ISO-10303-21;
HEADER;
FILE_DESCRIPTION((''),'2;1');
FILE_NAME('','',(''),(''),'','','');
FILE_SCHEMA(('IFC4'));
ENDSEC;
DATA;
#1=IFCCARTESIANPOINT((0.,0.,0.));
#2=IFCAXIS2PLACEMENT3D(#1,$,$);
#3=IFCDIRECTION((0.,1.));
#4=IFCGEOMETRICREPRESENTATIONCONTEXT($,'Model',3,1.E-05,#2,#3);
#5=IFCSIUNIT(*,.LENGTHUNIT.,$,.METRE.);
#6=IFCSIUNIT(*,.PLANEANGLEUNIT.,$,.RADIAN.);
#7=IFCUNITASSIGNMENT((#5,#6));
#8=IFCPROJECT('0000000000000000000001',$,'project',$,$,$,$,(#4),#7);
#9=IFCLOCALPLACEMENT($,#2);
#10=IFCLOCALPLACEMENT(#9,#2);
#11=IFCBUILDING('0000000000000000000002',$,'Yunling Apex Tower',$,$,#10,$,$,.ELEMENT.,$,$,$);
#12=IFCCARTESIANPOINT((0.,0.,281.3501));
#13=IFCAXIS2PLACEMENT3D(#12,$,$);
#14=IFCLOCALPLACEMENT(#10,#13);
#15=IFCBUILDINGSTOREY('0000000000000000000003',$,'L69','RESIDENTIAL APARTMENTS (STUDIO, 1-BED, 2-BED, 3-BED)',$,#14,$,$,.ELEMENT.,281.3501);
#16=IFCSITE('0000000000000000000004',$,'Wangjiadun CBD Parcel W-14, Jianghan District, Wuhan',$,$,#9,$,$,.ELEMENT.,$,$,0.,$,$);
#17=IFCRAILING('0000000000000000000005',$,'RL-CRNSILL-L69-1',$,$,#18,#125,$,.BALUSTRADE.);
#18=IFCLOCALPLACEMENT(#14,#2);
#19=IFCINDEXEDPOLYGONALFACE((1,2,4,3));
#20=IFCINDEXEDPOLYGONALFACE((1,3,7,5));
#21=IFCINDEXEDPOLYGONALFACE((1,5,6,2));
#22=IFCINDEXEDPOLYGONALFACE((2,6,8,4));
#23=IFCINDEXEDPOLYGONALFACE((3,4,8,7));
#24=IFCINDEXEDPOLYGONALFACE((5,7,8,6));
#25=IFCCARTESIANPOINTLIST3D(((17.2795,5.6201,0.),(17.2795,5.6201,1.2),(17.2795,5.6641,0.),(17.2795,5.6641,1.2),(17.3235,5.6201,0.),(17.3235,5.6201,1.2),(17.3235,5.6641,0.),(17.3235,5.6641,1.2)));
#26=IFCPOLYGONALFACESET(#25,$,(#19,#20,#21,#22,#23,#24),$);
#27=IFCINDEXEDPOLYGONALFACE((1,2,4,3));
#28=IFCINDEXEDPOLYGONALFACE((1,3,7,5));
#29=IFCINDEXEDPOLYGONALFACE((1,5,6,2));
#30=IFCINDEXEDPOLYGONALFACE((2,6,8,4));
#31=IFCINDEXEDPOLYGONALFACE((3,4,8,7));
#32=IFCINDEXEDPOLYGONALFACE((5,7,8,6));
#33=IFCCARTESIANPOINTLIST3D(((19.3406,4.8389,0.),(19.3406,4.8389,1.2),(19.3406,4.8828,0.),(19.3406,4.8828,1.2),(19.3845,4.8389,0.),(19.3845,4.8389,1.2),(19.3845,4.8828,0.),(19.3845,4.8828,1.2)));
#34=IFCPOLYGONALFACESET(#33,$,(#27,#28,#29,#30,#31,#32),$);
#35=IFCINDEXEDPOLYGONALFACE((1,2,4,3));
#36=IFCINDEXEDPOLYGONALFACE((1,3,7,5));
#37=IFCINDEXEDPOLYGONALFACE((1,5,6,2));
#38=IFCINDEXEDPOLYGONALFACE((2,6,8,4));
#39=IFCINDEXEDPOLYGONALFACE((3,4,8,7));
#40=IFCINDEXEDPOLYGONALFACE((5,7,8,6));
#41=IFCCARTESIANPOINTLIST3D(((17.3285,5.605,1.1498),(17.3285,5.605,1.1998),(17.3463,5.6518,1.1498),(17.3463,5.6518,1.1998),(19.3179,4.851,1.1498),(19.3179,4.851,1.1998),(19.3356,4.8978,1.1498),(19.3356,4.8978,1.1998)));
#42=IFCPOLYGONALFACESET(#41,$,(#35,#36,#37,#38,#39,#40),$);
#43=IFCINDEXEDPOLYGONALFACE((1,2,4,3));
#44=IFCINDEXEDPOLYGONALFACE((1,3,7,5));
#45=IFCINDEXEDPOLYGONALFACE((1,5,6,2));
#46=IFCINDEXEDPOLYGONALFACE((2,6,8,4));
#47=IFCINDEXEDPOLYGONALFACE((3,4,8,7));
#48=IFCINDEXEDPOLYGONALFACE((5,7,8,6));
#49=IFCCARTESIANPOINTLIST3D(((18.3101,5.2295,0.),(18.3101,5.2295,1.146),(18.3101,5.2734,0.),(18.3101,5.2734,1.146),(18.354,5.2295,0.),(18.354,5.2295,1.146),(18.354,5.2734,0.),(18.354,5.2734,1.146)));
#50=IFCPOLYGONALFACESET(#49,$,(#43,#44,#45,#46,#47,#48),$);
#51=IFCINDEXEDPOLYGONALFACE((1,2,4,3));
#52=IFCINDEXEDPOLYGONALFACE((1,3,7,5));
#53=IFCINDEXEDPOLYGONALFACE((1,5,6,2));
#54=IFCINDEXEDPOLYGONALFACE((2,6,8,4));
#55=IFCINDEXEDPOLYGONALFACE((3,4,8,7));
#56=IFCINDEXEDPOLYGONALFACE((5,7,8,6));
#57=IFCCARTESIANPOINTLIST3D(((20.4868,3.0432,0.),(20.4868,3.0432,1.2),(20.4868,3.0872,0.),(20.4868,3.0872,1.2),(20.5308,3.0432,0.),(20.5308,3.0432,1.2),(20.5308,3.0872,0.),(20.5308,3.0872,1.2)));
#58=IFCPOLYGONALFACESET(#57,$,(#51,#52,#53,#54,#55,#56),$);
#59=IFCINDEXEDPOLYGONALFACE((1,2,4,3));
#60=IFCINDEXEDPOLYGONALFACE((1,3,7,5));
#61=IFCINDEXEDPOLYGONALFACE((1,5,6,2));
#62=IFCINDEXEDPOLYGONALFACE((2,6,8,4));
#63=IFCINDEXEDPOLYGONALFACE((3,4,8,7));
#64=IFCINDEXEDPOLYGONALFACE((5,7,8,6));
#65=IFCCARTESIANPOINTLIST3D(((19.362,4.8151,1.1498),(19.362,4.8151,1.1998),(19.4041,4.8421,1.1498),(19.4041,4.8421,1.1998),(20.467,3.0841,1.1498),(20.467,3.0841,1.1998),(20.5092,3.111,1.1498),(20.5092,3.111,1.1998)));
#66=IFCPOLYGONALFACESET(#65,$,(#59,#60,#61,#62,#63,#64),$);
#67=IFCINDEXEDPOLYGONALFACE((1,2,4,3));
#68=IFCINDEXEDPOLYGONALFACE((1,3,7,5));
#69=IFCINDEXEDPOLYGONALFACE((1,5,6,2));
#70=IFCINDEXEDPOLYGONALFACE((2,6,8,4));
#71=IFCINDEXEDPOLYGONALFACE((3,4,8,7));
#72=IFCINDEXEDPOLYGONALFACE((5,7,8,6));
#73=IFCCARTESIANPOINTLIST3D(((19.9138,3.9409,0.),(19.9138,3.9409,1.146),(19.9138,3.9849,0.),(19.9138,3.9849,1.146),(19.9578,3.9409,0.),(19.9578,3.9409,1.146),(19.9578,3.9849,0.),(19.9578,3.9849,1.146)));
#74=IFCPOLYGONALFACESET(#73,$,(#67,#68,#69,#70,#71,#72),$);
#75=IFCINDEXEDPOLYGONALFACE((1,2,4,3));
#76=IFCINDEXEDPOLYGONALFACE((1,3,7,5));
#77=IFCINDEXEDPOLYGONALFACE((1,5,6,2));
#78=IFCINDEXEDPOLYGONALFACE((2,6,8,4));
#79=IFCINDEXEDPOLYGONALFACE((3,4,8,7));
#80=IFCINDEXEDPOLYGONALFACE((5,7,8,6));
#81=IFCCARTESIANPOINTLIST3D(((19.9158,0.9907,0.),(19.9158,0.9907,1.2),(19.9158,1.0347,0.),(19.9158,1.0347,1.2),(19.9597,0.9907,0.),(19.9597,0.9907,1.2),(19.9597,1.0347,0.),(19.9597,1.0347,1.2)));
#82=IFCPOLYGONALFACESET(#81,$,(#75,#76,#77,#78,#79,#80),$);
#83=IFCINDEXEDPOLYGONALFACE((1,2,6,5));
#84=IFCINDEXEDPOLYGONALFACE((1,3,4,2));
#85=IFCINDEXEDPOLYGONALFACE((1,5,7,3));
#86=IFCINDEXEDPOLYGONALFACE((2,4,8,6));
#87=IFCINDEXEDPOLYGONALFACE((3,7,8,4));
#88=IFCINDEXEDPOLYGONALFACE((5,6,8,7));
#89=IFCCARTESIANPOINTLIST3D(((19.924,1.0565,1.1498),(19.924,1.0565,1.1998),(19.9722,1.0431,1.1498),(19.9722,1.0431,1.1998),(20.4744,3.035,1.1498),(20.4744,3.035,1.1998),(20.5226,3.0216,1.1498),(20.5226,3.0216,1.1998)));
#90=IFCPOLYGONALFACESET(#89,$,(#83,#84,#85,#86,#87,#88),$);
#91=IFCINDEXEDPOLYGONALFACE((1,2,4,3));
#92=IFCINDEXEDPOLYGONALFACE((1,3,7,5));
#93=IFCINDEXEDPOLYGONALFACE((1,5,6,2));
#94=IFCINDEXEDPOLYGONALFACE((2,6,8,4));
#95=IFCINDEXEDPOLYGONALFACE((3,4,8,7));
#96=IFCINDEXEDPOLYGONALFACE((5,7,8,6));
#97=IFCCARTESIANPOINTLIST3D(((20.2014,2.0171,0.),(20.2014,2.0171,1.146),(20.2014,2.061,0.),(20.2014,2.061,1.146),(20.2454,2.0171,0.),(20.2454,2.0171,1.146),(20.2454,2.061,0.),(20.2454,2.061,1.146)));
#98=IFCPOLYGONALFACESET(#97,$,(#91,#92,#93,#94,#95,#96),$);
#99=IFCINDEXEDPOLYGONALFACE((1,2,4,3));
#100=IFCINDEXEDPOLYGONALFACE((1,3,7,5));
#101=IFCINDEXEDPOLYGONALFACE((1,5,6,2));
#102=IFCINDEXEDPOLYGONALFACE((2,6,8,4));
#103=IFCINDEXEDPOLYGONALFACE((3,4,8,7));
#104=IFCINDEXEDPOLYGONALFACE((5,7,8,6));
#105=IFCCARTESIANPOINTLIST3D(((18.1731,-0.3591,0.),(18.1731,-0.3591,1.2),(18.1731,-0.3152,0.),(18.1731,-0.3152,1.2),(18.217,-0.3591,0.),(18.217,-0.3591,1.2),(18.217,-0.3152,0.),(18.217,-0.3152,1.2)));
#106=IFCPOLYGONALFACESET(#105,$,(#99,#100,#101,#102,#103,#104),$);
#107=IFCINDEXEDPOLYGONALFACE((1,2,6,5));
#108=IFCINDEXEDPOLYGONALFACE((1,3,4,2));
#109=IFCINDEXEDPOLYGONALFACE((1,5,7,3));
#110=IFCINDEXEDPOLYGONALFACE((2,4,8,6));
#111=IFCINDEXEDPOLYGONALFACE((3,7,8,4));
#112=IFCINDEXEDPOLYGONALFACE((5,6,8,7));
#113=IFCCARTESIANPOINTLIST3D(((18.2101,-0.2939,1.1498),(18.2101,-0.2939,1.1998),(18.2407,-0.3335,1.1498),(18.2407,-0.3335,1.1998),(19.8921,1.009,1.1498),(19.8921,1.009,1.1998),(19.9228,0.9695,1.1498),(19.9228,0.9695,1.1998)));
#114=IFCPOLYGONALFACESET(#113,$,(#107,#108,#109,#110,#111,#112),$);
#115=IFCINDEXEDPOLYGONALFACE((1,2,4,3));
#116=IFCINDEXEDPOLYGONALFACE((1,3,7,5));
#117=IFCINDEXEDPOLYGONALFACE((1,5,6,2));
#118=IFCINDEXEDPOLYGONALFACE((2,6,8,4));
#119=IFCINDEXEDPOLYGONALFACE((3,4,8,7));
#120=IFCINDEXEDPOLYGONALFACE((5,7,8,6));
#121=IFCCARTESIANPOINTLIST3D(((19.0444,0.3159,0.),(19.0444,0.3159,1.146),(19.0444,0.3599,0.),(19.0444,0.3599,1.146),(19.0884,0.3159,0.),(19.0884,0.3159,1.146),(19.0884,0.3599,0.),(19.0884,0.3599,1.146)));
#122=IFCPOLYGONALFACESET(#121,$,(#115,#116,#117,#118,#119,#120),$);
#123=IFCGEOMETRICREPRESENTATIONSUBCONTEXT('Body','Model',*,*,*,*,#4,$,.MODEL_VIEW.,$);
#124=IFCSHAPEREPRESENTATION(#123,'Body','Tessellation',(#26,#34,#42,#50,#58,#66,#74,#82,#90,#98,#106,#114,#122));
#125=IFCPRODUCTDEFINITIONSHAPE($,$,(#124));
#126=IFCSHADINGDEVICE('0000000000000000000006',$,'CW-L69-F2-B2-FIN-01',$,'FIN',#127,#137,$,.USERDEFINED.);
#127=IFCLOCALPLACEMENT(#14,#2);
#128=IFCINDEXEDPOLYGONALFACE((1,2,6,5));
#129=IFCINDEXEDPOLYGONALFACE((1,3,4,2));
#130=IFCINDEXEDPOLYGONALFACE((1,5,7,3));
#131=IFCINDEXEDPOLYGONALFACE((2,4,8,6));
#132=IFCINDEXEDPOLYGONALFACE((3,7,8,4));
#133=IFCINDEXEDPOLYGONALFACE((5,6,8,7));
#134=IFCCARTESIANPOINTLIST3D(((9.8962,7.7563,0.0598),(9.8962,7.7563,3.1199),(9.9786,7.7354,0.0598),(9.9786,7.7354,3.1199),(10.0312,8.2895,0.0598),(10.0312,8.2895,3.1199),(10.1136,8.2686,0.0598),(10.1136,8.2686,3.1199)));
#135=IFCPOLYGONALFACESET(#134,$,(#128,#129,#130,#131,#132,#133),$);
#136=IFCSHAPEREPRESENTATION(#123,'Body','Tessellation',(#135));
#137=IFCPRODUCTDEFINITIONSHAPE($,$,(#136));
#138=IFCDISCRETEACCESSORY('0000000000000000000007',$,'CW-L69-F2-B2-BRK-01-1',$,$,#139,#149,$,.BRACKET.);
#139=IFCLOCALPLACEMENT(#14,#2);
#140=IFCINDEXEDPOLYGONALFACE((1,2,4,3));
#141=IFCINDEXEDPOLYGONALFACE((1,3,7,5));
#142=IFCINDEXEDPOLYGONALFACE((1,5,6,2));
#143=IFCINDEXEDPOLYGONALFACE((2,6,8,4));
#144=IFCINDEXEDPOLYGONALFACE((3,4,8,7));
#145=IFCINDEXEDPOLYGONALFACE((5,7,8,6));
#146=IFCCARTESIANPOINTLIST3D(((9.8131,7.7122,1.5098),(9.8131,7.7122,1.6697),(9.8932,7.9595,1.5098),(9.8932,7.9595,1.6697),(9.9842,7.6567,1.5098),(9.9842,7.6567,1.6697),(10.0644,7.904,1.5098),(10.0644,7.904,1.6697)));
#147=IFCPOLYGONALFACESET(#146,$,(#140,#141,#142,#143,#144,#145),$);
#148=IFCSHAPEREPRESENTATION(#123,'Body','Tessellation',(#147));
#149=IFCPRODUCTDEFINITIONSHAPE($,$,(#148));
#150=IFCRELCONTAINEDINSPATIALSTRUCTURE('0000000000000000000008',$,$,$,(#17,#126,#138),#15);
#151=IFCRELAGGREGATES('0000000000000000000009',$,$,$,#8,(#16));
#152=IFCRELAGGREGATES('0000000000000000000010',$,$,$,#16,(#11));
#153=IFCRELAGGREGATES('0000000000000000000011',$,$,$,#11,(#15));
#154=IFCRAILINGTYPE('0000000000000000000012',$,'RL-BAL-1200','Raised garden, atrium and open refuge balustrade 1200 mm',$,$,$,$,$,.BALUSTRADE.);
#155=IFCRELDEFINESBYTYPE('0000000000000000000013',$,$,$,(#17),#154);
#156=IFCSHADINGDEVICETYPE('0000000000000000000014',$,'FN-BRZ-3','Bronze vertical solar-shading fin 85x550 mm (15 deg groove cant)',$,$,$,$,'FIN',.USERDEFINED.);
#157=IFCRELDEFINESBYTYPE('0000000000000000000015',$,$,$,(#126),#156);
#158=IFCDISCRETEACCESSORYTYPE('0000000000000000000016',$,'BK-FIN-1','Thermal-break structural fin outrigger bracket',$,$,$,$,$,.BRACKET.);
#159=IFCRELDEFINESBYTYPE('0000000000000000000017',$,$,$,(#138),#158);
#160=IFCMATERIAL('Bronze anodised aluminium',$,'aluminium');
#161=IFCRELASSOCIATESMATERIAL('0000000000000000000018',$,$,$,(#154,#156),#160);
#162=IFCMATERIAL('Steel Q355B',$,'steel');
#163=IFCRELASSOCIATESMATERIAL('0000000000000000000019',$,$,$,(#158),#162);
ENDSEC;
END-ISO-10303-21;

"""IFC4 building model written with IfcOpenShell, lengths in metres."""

from ifc_helpers import new_model, si_unit, direction, frame, origin, origin_2d, place, context, subcontext, project, spatial, rectangle, extrude, source, transform, mapped, material, material_profile, profile_set, type_object, element, save


model = new_model("IFC4")

# Units and contexts
model_context = context("Model", 3, precision=1e-05, world=origin(), true_north=direction((0.0, 1.0)))
body_context = subcontext(model_context, "Body", "Model", "MODEL_VIEW")
ifc_project = project(units=[si_unit("LENGTHUNIT", "METRE"), si_unit("PLANEANGLEUNIT", "RADIAN")], contexts=[model_context])

# Site, building, storey
site_placement = place(None, origin())
site = spatial("IfcSite", under=ifc_project, at=site_placement, Name="Wangjiadun CBD Parcel W-14, Jianghan District, Wuhan", CompositionType="ELEMENT", RefElevation=0.0)
building_placement = place(site_placement, origin())
building = spatial("IfcBuilding", under=site, at=building_placement, Name="Yunling Apex Tower", CompositionType="ELEMENT")
storey_placement = place(building_placement, frame((0.0, 0.0, 281.3501)))
storey = spatial("IfcBuildingStorey", under=building, at=storey_placement, Name="L69", Description="RESIDENTIAL APARTMENTS (STUDIO, 1-BED, 2-BED, 3-BED)", CompositionType="ELEMENT", Elevation=281.3501)

# Shared definitions
ifc_material_1 = material(Name="Steel Q355B", Category="steel")

# Shared definitions
ifc_material_2 = material(Name="Bronze anodised aluminium", Category="aluminium")

# Railing
railing_type = type_object("IfcRailingType", Name="RL-BAL-1200", Description="Raised garden, atrium and open refuge balustrade 1200 mm", PredefinedType="BALUSTRADE", material=ifc_material_2)
railing_placement = place(storey_placement, frame((17.3015, 5.6421, 0.0)))
element("IfcRailing", 1, at=railing_placement, inside=storey, type_object=railing_type, Name="RL-CRNSILL-L69-1", PredefinedType="BALUSTRADE", context=body_context, shape_type="SweptSolid", body=[
    extrude(rectangle(XDim=0.0439, YDim=0.0439, at=origin_2d()), origin(), (0.0, 0.0, 1.0), 1.2),
    extrude(rectangle(XDim=0.0439, YDim=0.0439, at=origin_2d()), frame((2.061, -0.7812, 0.0)), (0.0, 0.0, 1.0), 1.2),
    extrude(rectangle(XDim=0.05, YDim=0.05, at=origin_2d()), frame((0.0359, -0.0137, 1.1748), z_axis=(0.935076, -0.354447, 0.0), x_axis=(0.354447, 0.935076, 0.0)), (0.0, 0.0, 1.0), 2.1274),
    extrude(rectangle(XDim=0.0439, YDim=0.0439, at=origin_2d()), frame((1.0305, -0.3906, 0.0)), (0.0, 0.0, 1.0), 1.146),
    extrude(rectangle(XDim=0.0439, YDim=0.0439, at=origin_2d()), frame((3.2073, -2.5769, 0.0)), (0.0, 0.0, 1.0), 1.2),
    extrude(rectangle(XDim=0.05, YDim=0.05, at=origin_2d()), frame((2.0815, -0.8135, 1.1748), z_axis=(0.538061, -0.842906, 0.0), x_axis=(0.842906, 0.538061, 0.0)), (0.0, 0.0, 1.0), 2.0537),
    extrude(rectangle(XDim=0.0439, YDim=0.0439, at=origin_2d()), frame((2.6343, -1.6792, 0.0)), (0.0, 0.0, 1.0), 1.146),
    extrude(rectangle(XDim=0.0439, YDim=0.0439, at=origin_2d()), frame((2.6362, -4.6294, 0.0)), (0.0, 0.0, 1.0), 1.2),
    extrude(rectangle(XDim=0.05, YDim=0.05, at=origin_2d()), frame((3.197, -2.6138, 1.1748), z_axis=(-0.26804, -0.963408, 0.0), x_axis=(0.963408, -0.26804, 0.0)), (0.0, 0.0, 1.0), 2.0537),
    extrude(rectangle(XDim=0.0439, YDim=0.0439, at=origin_2d()), frame((2.9219, -3.603, 0.0)), (0.0, 0.0, 1.0), 1.146),
    extrude(rectangle(XDim=0.0439, YDim=0.0439, at=origin_2d()), frame((0.8936, -5.9792, 0.0)), (0.0, 0.0, 1.0), 1.2),
    extrude(rectangle(XDim=0.05, YDim=0.05, at=origin_2d()), frame((2.606, -4.6528, 1.1748), z_axis=(-0.790573, -0.612368, 0.0), x_axis=(0.612368, -0.790573, 0.0)), (0.0, 0.0, 1.0), 2.1277),
    extrude(rectangle(XDim=0.0439, YDim=0.0439, at=origin_2d()), frame((1.7649, -5.3042, 0.0)), (0.0, 0.0, 1.0), 1.146),
])

# Shading device
ifc_material_profile_1 = material_profile(ifc_material_2, rectangle(XDim=0.085, YDim=0.55, at=origin_2d()))
ifc_profile_set_1 = profile_set([ifc_material_profile_1], Name="Bronze anodised aluminium")
shading_device_type = type_object("IfcShadingDeviceType", Name="FN-BRZ-3", Description="Bronze vertical solar-shading fin 85x550 mm (15 deg groove cant)", ElementType="FIN", PredefinedType="USERDEFINED", material=ifc_profile_set_1)
shared_shape_1 = source(origin(), body_context, "Body", "SweptSolid", [
    extrude(rectangle(XDim=0.085, YDim=0.55, at=origin_2d()), origin(), (0.0, 0.0, 1.0), 3.0601),
])
shading_device_placement = place(storey_placement, frame((10.0049, 8.0125, 0.0598), z_axis=(0.0, 0.0, 1.0), x_axis=(-0.969403, 0.245477, 0.0)))
element("IfcShadingDevice", 2, at=shading_device_placement, inside=storey, type_object=shading_device_type, Name="CW-L69-F2-B2-FIN-01", ObjectType="FIN", PredefinedType="USERDEFINED", context=body_context, shape_type="MappedRepresentation", body=[
    mapped(shared_shape_1, transform((0.0, 0.0, 0.0), scale=1.0)),
])

# Discrete accessory
discrete_accessory_type = type_object("IfcDiscreteAccessoryType", Name="BK-FIN-1", Description="Thermal-break structural fin outrigger bracket", PredefinedType="BRACKET", material=ifc_material_1)
shared_shape_2 = source(origin(), body_context, "Body", "SweptSolid", [
    extrude(rectangle(XDim=0.1799, YDim=0.26, at=origin_2d()), origin(), (0.0, 0.0, 1.0), 0.1599),
])
discrete_accessory_placement = place(storey_placement, frame((9.9387, 7.8081, 1.5098), z_axis=(0.0, 0.0, 1.0), x_axis=(-0.951272, 0.308353, 0.0)))
element("IfcDiscreteAccessory", 3, at=discrete_accessory_placement, inside=storey, type_object=discrete_accessory_type, Name="CW-L69-F2-B2-BRK-01-1", PredefinedType="BRACKET", context=body_context, shape_type="MappedRepresentation", body=[
    mapped(shared_shape_2, transform((0.0, 0.0, 0.0), scale=1.0)),
])

save(model, "model.ifc")
